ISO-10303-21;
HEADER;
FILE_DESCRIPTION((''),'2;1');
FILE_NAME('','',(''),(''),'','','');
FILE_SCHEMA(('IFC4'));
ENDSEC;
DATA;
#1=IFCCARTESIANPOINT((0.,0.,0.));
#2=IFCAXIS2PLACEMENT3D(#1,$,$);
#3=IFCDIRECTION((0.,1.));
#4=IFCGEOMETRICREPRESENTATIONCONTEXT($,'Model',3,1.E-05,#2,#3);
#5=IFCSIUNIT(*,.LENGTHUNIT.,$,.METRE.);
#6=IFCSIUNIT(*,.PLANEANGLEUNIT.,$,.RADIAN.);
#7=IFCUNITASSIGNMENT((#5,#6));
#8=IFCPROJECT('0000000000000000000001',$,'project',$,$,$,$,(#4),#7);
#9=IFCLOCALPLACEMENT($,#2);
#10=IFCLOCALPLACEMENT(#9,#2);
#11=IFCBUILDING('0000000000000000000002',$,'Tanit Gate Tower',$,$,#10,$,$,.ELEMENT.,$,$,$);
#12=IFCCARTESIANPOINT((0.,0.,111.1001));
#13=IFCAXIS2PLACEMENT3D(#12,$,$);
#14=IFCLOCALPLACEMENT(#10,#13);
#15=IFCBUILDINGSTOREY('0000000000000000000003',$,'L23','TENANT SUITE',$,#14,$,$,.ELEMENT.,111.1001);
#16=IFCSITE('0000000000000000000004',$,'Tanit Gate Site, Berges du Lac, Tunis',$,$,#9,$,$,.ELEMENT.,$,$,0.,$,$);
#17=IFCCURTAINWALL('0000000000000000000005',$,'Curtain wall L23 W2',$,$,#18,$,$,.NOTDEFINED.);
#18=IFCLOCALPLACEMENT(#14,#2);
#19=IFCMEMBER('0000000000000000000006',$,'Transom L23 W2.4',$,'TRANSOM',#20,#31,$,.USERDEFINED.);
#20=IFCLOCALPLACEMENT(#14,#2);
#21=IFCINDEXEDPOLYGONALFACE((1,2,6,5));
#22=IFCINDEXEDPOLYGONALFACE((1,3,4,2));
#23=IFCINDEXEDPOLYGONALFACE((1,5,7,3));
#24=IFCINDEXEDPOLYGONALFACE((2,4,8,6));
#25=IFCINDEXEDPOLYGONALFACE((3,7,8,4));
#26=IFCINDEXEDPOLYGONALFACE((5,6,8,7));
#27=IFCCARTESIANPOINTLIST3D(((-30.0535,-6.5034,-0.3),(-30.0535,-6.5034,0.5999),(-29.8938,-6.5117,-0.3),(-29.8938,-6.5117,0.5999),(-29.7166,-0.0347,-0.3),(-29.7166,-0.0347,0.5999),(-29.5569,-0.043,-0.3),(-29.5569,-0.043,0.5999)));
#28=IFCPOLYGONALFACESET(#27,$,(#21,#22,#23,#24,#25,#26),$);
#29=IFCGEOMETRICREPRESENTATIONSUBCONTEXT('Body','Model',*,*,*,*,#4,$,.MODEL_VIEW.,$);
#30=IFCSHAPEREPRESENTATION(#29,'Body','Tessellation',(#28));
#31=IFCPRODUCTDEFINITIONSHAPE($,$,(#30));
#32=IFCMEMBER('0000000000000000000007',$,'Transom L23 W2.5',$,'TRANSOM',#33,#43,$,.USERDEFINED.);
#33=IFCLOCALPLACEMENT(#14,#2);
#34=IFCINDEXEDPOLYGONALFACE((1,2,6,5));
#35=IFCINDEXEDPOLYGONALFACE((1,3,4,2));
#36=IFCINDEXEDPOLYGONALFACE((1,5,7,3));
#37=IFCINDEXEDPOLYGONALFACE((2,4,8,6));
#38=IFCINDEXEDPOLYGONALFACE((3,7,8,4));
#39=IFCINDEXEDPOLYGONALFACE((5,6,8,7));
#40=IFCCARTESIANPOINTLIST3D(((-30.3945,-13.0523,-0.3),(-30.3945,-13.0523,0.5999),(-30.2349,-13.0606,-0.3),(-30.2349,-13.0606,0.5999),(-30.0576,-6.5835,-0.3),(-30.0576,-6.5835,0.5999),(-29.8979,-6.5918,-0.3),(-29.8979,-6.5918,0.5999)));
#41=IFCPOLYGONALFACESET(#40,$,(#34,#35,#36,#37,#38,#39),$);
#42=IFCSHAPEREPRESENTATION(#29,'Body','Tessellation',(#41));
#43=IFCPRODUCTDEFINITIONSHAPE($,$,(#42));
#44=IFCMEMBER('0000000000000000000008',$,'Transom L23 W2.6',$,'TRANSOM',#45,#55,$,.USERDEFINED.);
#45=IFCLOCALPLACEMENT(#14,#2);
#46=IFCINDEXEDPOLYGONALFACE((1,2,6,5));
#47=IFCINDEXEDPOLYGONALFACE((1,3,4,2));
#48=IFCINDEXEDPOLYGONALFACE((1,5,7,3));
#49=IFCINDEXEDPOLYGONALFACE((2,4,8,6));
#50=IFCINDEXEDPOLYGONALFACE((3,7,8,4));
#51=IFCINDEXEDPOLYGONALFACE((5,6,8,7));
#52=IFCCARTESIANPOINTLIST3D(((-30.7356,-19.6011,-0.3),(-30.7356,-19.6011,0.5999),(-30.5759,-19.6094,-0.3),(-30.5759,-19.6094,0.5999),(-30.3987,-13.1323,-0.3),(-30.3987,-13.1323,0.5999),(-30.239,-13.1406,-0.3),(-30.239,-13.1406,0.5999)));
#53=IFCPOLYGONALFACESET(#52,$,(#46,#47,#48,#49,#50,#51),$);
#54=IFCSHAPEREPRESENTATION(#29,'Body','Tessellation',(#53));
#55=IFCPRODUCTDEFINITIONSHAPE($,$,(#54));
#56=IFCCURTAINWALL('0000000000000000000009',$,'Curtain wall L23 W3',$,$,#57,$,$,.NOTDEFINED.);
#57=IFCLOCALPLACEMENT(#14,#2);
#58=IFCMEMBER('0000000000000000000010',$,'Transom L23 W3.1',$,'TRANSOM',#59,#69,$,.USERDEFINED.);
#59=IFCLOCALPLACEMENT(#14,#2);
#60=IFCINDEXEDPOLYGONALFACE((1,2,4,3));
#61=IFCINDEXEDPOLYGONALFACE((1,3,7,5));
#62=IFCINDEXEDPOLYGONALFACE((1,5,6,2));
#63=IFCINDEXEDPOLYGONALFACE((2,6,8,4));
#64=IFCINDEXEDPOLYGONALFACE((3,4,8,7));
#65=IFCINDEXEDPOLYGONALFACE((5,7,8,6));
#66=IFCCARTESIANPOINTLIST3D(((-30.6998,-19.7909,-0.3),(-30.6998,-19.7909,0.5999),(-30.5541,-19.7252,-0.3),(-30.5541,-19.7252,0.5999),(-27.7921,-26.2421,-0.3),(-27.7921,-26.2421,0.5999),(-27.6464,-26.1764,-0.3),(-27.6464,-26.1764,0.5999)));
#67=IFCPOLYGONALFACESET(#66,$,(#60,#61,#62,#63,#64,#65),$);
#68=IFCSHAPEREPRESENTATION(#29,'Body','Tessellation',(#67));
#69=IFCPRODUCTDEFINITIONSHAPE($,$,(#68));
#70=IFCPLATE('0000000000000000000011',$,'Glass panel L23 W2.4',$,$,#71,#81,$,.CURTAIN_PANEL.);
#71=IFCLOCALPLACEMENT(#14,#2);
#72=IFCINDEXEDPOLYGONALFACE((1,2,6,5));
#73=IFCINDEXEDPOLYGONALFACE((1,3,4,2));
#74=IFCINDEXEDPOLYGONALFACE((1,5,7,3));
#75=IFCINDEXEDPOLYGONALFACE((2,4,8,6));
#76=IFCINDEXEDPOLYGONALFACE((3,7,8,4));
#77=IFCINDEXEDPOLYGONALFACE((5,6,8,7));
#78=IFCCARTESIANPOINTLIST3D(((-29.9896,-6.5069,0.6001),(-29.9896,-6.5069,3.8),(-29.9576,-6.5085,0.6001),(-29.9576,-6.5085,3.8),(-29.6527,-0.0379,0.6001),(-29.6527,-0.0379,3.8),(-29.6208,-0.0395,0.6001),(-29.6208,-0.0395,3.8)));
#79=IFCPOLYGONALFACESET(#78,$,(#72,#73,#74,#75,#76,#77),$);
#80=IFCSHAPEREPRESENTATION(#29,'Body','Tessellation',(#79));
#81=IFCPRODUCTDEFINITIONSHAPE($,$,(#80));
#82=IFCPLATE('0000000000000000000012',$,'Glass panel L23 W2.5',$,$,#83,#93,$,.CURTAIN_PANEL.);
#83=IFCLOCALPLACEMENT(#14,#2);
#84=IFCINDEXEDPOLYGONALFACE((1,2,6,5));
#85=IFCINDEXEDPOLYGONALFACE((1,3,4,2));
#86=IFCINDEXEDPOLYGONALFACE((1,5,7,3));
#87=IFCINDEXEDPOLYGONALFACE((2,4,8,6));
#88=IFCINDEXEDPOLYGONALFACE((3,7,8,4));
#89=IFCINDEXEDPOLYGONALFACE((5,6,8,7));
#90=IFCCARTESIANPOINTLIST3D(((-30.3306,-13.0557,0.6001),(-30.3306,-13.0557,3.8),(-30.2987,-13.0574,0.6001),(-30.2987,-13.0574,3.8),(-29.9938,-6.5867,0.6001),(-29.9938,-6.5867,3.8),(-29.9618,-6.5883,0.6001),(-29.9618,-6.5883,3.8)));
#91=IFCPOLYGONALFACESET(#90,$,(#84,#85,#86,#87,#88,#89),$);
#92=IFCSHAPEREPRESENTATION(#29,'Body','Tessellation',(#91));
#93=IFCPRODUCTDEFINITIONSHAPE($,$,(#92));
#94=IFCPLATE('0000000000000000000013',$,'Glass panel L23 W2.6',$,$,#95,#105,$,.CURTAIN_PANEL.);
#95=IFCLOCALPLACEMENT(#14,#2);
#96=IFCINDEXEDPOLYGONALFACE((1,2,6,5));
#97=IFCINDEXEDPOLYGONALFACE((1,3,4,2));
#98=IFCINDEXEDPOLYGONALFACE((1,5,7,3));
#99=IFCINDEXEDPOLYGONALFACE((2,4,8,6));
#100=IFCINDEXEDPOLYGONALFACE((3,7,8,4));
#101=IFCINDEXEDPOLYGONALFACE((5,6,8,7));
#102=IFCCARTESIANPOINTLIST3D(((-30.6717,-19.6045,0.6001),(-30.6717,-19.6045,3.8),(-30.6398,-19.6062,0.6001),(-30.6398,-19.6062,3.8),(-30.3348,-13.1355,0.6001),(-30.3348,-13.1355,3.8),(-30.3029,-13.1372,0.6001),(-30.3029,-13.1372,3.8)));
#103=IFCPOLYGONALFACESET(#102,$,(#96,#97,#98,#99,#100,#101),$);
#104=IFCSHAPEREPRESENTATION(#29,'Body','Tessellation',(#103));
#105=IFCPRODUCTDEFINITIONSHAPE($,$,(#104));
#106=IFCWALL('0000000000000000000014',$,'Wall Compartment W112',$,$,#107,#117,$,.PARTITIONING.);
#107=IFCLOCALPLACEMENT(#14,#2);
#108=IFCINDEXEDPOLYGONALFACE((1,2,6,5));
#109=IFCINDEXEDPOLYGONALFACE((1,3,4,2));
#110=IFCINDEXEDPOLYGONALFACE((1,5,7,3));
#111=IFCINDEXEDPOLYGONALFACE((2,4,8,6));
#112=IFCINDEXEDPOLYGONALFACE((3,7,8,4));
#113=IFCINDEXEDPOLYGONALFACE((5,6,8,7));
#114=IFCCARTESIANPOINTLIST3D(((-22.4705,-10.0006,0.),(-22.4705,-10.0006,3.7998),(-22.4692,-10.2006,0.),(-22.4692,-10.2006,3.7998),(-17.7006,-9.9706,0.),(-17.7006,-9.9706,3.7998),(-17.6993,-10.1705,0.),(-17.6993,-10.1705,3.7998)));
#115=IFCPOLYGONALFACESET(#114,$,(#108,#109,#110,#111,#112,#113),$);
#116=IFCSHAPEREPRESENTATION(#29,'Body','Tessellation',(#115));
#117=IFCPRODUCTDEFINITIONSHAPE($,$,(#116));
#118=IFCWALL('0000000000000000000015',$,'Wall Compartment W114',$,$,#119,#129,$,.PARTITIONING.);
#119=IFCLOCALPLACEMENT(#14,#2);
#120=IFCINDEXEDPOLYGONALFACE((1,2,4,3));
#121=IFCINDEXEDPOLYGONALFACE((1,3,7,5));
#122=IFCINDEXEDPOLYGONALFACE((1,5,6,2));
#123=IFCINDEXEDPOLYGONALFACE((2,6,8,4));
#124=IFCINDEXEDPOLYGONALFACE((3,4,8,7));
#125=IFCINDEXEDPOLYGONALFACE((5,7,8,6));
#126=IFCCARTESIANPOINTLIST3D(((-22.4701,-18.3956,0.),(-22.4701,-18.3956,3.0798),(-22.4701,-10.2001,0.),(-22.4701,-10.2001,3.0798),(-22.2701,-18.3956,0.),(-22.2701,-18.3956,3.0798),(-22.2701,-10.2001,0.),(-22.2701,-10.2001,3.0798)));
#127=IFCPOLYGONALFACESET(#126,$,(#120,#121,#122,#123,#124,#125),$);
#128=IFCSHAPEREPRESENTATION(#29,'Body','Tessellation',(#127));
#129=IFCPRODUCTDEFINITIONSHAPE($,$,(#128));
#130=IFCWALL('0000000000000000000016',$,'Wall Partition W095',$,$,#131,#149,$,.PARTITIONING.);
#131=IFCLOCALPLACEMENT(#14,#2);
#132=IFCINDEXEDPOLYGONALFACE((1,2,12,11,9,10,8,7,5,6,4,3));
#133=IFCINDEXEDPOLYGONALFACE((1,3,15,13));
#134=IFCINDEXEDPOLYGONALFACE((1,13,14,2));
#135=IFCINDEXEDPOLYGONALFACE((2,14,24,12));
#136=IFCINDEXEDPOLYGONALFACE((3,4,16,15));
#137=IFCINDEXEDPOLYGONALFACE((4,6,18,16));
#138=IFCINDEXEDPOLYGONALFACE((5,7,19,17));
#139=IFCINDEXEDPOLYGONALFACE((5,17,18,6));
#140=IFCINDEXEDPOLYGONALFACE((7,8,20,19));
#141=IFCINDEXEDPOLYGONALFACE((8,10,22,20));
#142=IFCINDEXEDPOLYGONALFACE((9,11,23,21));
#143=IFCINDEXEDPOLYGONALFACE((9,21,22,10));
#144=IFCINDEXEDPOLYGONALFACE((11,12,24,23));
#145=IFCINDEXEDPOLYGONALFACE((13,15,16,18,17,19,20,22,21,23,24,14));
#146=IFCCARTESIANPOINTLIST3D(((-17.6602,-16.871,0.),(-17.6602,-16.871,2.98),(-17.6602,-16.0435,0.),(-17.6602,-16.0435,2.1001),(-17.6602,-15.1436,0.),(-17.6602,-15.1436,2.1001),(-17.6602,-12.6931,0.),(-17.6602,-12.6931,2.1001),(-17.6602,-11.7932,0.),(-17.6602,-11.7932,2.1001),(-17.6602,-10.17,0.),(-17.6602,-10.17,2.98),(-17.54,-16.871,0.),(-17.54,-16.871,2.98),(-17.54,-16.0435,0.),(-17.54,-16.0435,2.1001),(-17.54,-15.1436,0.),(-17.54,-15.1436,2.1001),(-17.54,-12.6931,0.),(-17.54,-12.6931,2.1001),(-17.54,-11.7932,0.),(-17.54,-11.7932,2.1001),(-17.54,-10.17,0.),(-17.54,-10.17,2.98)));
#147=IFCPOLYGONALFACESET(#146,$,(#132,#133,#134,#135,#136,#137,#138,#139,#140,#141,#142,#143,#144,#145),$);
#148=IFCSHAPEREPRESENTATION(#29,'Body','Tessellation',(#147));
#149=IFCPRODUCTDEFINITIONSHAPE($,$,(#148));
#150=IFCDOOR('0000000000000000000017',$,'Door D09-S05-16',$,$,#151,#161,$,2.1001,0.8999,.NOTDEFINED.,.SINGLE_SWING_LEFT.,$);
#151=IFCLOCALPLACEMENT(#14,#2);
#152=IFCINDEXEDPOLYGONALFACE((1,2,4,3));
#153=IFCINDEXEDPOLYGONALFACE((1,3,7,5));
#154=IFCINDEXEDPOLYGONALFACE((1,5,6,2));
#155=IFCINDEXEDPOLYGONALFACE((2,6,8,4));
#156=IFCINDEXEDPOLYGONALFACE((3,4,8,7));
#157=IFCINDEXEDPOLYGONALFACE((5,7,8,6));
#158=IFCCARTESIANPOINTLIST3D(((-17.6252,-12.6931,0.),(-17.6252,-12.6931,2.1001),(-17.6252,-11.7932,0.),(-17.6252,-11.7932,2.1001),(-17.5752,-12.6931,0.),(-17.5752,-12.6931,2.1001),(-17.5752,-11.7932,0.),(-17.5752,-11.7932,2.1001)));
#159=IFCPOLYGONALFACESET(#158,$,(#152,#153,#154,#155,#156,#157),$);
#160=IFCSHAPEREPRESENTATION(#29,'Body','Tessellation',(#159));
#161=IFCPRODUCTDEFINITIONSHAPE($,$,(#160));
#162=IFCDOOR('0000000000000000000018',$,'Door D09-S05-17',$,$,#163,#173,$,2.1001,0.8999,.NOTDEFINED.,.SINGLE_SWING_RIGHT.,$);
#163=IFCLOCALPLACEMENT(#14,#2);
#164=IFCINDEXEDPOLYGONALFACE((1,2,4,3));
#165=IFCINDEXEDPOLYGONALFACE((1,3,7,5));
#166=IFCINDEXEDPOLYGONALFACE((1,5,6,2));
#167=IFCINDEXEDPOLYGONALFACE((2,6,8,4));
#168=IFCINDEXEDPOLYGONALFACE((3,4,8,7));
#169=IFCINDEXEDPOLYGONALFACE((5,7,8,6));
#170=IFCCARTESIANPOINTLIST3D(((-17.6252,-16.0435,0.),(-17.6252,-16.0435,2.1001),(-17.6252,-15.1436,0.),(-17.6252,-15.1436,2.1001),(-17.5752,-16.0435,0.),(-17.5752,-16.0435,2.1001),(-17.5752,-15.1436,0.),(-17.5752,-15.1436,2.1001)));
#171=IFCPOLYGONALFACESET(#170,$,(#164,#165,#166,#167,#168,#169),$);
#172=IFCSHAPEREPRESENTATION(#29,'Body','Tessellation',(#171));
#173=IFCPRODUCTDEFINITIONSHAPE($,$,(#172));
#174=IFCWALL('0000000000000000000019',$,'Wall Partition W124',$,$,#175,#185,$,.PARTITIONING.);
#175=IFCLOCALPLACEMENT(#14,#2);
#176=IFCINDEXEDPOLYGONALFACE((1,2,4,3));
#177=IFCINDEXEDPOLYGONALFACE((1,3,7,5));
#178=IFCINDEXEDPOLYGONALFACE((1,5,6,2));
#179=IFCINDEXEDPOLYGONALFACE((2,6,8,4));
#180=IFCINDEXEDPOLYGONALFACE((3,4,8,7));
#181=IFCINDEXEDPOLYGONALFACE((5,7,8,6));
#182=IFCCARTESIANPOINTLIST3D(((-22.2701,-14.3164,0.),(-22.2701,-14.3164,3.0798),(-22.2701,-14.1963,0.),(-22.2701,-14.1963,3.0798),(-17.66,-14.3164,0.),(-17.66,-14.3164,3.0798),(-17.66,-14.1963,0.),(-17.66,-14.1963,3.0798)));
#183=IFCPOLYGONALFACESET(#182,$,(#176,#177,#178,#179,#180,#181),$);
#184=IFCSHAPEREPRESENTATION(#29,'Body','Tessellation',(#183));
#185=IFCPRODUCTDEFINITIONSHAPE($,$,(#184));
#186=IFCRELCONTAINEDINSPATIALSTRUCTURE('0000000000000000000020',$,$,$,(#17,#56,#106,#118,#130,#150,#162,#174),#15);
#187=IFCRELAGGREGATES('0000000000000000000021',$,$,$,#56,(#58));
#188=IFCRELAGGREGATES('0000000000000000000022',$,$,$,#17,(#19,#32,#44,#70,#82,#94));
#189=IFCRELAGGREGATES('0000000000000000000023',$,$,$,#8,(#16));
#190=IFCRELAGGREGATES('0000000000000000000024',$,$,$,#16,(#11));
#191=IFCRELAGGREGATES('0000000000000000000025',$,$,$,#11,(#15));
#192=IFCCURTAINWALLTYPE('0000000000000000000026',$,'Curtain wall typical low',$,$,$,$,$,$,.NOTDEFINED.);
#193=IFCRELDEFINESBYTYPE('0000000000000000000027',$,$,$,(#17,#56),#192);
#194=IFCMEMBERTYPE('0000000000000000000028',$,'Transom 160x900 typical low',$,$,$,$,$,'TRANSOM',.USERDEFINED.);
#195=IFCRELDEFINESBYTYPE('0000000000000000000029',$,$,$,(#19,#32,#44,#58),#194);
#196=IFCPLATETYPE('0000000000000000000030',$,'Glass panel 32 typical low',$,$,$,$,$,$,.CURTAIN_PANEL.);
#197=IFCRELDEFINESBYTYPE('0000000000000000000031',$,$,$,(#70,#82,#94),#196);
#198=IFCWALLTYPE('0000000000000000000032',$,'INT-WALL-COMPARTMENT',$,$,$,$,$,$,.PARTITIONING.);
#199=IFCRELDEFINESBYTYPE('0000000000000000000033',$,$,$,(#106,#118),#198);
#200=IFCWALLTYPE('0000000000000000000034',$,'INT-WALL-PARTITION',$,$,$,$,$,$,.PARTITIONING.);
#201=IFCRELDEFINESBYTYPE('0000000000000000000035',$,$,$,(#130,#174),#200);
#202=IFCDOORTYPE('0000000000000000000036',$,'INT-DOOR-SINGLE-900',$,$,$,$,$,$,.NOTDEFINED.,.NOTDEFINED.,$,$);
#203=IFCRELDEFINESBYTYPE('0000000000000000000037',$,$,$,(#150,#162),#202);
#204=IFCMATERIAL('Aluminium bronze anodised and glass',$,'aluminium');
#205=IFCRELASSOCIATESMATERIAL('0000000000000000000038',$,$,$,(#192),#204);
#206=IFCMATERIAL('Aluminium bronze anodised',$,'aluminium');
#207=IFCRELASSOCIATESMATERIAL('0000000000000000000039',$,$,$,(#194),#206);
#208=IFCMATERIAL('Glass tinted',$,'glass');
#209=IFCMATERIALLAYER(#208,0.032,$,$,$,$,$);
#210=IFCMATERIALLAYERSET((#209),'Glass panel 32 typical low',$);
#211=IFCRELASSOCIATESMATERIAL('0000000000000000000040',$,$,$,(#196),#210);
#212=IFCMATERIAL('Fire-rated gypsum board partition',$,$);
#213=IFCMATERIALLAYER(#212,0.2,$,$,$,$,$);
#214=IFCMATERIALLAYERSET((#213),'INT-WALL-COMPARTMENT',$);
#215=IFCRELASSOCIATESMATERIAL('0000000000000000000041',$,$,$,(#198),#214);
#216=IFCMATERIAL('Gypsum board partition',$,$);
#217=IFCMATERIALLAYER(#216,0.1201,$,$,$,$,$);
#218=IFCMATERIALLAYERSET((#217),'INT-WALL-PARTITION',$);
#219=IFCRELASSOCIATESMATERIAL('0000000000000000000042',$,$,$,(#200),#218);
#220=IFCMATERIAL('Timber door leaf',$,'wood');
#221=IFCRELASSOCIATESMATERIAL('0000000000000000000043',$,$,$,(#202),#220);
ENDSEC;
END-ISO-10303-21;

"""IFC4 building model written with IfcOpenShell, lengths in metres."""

from ifc_helpers import new_model, si_unit, direction, frame, frame_2d, origin, origin_2d, place, context, subcontext, project, spatial, rectangle, extrude, material, layer, layer_set, material_profile, profile_set, type_object, element, fill, aggregate, save


model = new_model("IFC4")

# Units and contexts
model_context = context("Model", 3, precision=1e-05, world=origin(), true_north=direction((0.0, 1.0)))
body_context = subcontext(model_context, "Body", "Model", "MODEL_VIEW")
ifc_project = project(units=[si_unit("LENGTHUNIT", "METRE"), si_unit("PLANEANGLEUNIT", "RADIAN")], contexts=[model_context])

# Site, building, storey
site_placement = place(None, origin())
site = spatial("IfcSite", under=ifc_project, at=site_placement, Name="Tanit Gate Site, Berges du Lac, Tunis", CompositionType="ELEMENT", RefElevation=0.0)
building_placement = place(site_placement, origin())
building = spatial("IfcBuilding", under=site, at=building_placement, Name="Tanit Gate Tower", CompositionType="ELEMENT")
storey_placement = place(building_placement, frame((0.0, 0.0, 111.1001)))
storey = spatial("IfcBuildingStorey", under=building, at=storey_placement, Name="L23", Description="TENANT SUITE", CompositionType="ELEMENT", Elevation=111.1001)

# Curtain wall
ifc_material_1 = material(Name="Aluminium bronze anodised and glass", Category="aluminium")
curtain_wall_type = type_object("IfcCurtainWallType", Name="Curtain wall typical low", PredefinedType="NOTDEFINED", material=ifc_material_1)
curtain_wall_1_placement = place(storey_placement, origin())
curtain_wall_1 = element("IfcCurtainWall", 1, at=curtain_wall_1_placement, inside=storey, type_object=curtain_wall_type, Name="Curtain wall L23 W2", PredefinedType="NOTDEFINED")

# Members
ifc_material_2 = material(Name="Aluminium bronze anodised", Category="aluminium")
ifc_material_profile_1 = material_profile(ifc_material_2, rectangle(XDim=0.1599, YDim=0.8999, at=origin_2d()), Name="160x900 bronze transom")
ifc_profile_set_1 = profile_set([ifc_material_profile_1], Name="Aluminium bronze anodised")
member_type_1 = type_object("IfcMemberType", Name="Transom 160x900 typical low", ElementType="TRANSOM", PredefinedType="USERDEFINED", material=ifc_profile_set_1)
member_1_placement = place(storey_placement, frame((-29.6367, -0.0388, 0.1499), z_axis=(-0.052013, -0.998646, 0.0), x_axis=(0.998646, -0.052013, 0.0)))
member_1 = element("IfcMember", 2, at=member_1_placement, type_object=member_type_1, Name="Transom L23 W2.4", ObjectType="TRANSOM", PredefinedType="USERDEFINED", context=body_context, shape_type="SweptSolid", body=[
    extrude(rectangle(XDim=0.1599, YDim=0.8999, at=origin_2d()), origin(), (0.0, 0.0, 1.0), 6.4775),
])
member_2_placement = place(storey_placement, frame((-29.9778, -6.5876, 0.1499), z_axis=(-0.052013, -0.998646, 0.0), x_axis=(0.998646, -0.052013, 0.0)))
member_2 = element("IfcMember", 3, at=member_2_placement, type_object=member_type_1, Name="Transom L23 W2.5", ObjectType="TRANSOM", PredefinedType="USERDEFINED", context=body_context, shape_type="SweptSolid", body=[
    extrude(rectangle(XDim=0.1599, YDim=0.8999, at=origin_2d()), origin(), (0.0, 0.0, 1.0), 6.4775),
])
member_3_placement = place(storey_placement, frame((-30.3188, -13.1365, 0.1499), z_axis=(-0.052013, -0.998646, 0.0), x_axis=(0.998646, -0.052013, 0.0)))
member_3 = element("IfcMember", 4, at=member_3_placement, type_object=member_type_1, Name="Transom L23 W2.6", ObjectType="TRANSOM", PredefinedType="USERDEFINED", context=body_context, shape_type="SweptSolid", body=[
    extrude(rectangle(XDim=0.1599, YDim=0.8999, at=origin_2d()), origin(), (0.0, 0.0, 1.0), 6.4775),
])

# Curtain wall, member
curtain_wall_2_placement = place(storey_placement, origin())
curtain_wall_2 = element("IfcCurtainWall", 5, at=curtain_wall_2_placement, inside=storey, type_object=curtain_wall_type, Name="Curtain wall L23 W3", PredefinedType="NOTDEFINED")
member_4_placement = place(storey_placement, frame((-30.627, -19.7581, 0.1499), z_axis=(0.410915, -0.911673, 0.0), x_axis=(0.911673, 0.410915, 0.0)))
member_4 = element("IfcMember", 6, at=member_4_placement, type_object=member_type_1, Name="Transom L23 W3.1", ObjectType="TRANSOM", PredefinedType="USERDEFINED", context=body_context, shape_type="SweptSolid", body=[
    extrude(rectangle(XDim=0.1599, YDim=0.8999, at=origin_2d()), origin(), (0.0, 0.0, 1.0), 7.0762),
])
aggregate(curtain_wall_2, [member_4])

# Plates
ifc_material_3 = material(Name="Glass tinted", Category="glass")
ifc_layer_1 = layer(ifc_material_3, 0.032)
ifc_layer_set_1 = layer_set([ifc_layer_1], Name="Glass panel 32 typical low")
plate_type = type_object("IfcPlateType", Name="Glass panel 32 typical low", PredefinedType="CURTAIN_PANEL", material=ifc_layer_set_1)
plate_1_placement = place(storey_placement, frame((-29.8052, -3.2732, 0.6001), z_axis=(0.0, 0.0, 1.0), x_axis=(-0.052003, -0.998647, 0.0)))
plate_1 = element("IfcPlate", 7, at=plate_1_placement, type_object=plate_type, Name="Glass panel L23 W2.4", PredefinedType="CURTAIN_PANEL", context=body_context, shape_type="SweptSolid", body=[
    extrude(rectangle(XDim=6.4778, YDim=0.032, at=origin_2d()), origin(), (0.0, 0.0, 1.0), 3.2),
])
plate_2_placement = place(storey_placement, frame((-30.1462, -9.822, 0.6001), z_axis=(0.0, 0.0, 1.0), x_axis=(-0.052003, -0.998647, 0.0)))
plate_2 = element("IfcPlate", 8, at=plate_2_placement, type_object=plate_type, Name="Glass panel L23 W2.5", PredefinedType="CURTAIN_PANEL", context=body_context, shape_type="SweptSolid", body=[
    extrude(rectangle(XDim=6.4778, YDim=0.032, at=origin_2d()), origin(), (0.0, 0.0, 1.0), 3.2),
])
plate_3_placement = place(storey_placement, frame((-30.4873, -16.3708, 0.6001), z_axis=(0.0, 0.0, 1.0), x_axis=(-0.052003, -0.998647, 0.0)))
plate_3 = element("IfcPlate", 9, at=plate_3_placement, type_object=plate_type, Name="Glass panel L23 W2.6", PredefinedType="CURTAIN_PANEL", context=body_context, shape_type="SweptSolid", body=[
    extrude(rectangle(XDim=6.4778, YDim=0.032, at=origin_2d()), origin(), (0.0, 0.0, 1.0), 3.2),
])
aggregate(curtain_wall_1, [member_1, member_2, member_3, plate_1, plate_2, plate_3])

# Walls
ifc_material_4 = material(Name="Fire-rated gypsum board partition")
ifc_layer_2 = layer(ifc_material_4, 0.2)
ifc_layer_set_2 = layer_set([ifc_layer_2], Name="INT-WALL-COMPARTMENT")
wall_type_1 = type_object("IfcWallType", Name="INT-WALL-COMPARTMENT", PredefinedType="PARTITIONING", material=ifc_layer_set_2)
wall_1_placement = place(storey_placement, frame((-17.7, -10.0706, 0.0), z_axis=(0.0, 0.0, 1.0), x_axis=(-0.99998, -0.006295, 0.0)))
element("IfcWall", 10, at=wall_1_placement, inside=storey, type_object=wall_type_1, Name="Wall Compartment W112", PredefinedType="PARTITIONING", context=body_context, shape_type="SweptSolid", body=[
    extrude(rectangle(XDim=4.77, YDim=0.2, at=frame_2d((2.385, 0.0))), origin(), (0.0, 0.0, 1.0), 3.7998),
])
wall_2_placement = place(storey_placement, frame((-22.3701, -18.3955, 0.0), z_axis=(0.0, 0.0, 1.0), x_axis=(0.0, 1.0, 0.0)))
element("IfcWall", 11, at=wall_2_placement, inside=storey, type_object=wall_type_1, Name="Wall Compartment W114", PredefinedType="PARTITIONING", context=body_context, shape_type="SweptSolid", body=[
    extrude(rectangle(XDim=8.1956, YDim=0.2, at=frame_2d((4.0977, 0.0))), origin(), (0.0, 0.0, 1.0), 3.0798),
])

# Wall, openings, doors
ifc_material_5 = material(Name="Gypsum board partition")
ifc_layer_3 = layer(ifc_material_5, 0.1201)
ifc_layer_set_3 = layer_set([ifc_layer_3], Name="INT-WALL-PARTITION")
wall_type_2 = type_object("IfcWallType", Name="INT-WALL-PARTITION", PredefinedType="PARTITIONING", material=ifc_layer_set_3)
wall_3_placement = place(storey_placement, frame((-17.6001, -10.1699, 0.0), z_axis=(0.0, 0.0, 1.0), x_axis=(0.0, -1.0, 0.0)))
wall_3 = element("IfcWall", 12, at=wall_3_placement, inside=storey, type_object=wall_type_2, Name="Wall Partition W095", PredefinedType="PARTITIONING", context=body_context, shape_type="SweptSolid", body=[
    extrude(rectangle(XDim=6.7009, YDim=0.1201, at=frame_2d((3.3506, 0.0))), origin(), (0.0, 0.0, 1.0), 2.98),
])
opening_1_placement = place(wall_3_placement, frame((1.6233, 0.0, 0.0)))
opening_1 = element("IfcOpeningElement", 13, at=opening_1_placement, cuts=wall_3, PredefinedType="OPENING", context=body_context, shape_type="SweptSolid", body=[
    extrude(rectangle(XDim=0.8999, YDim=2.1001, at=frame_2d((0.45, 1.05))), frame((0.0, 0.0701, 0.0), z_axis=(0.0, -1.0, 0.0), x_axis=(1.0, 0.0, 0.0)), (0.0, 0.0, 1.0), 0.1401),
])
opening_2_placement = place(wall_3_placement, frame((4.9736, 0.0, 0.0)))
opening_2 = element("IfcOpeningElement", 14, at=opening_2_placement, cuts=wall_3, PredefinedType="OPENING", context=body_context, shape_type="SweptSolid", body=[
    extrude(rectangle(XDim=0.8999, YDim=2.1001, at=frame_2d((0.45, 1.05))), frame((0.0, 0.0701, 0.0), z_axis=(0.0, -1.0, 0.0), x_axis=(1.0, 0.0, 0.0)), (0.0, 0.0, 1.0), 0.1401),
])
ifc_material_6 = material(Name="Timber door leaf", Category="wood")
door_type = type_object("IfcDoorType", Name="INT-DOOR-SINGLE-900", OperationType="NOTDEFINED", PredefinedType="NOTDEFINED", material=ifc_material_6)
door_1_placement = place(opening_1_placement, origin())
door_1 = element("IfcDoor", 15, at=door_1_placement, inside=storey, type_object=door_type, Name="Door D09-S05-16", OperationType="SINGLE_SWING_LEFT", OverallHeight=2.1001, OverallWidth=0.8999, PredefinedType="NOTDEFINED", context=body_context, shape_type="SweptSolid", body=[
    extrude(rectangle(XDim=0.8999, YDim=2.1001, at=frame_2d((0.45, 1.05))), frame((0.0, 0.0249, 0.0), z_axis=(0.0, -1.0, 0.0), x_axis=(1.0, 0.0, 0.0)), (0.0, 0.0, 1.0), 0.05),
])
fill(opening_1, door_1)
door_2_placement = place(opening_2_placement, origin())
door_2 = element("IfcDoor", 16, at=door_2_placement, inside=storey, type_object=door_type, Name="Door D09-S05-17", OperationType="SINGLE_SWING_RIGHT", OverallHeight=2.1001, OverallWidth=0.8999, PredefinedType="NOTDEFINED", context=body_context, shape_type="SweptSolid", body=[
    extrude(rectangle(XDim=0.8999, YDim=2.1001, at=frame_2d((0.45, 1.05))), frame((0.0, 0.0249, 0.0), z_axis=(0.0, -1.0, 0.0), x_axis=(1.0, 0.0, 0.0)), (0.0, 0.0, 1.0), 0.05),
])
fill(opening_2, door_2)

# Wall
wall_4_placement = place(storey_placement, frame((-17.6599, -14.2563, 0.0), z_axis=(0.0, 0.0, 1.0), x_axis=(-1.0, 0.0, 0.0)))
element("IfcWall", 17, at=wall_4_placement, inside=storey, type_object=wall_type_2, Name="Wall Partition W124", PredefinedType="PARTITIONING", context=body_context, shape_type="SweptSolid", body=[
    extrude(rectangle(XDim=4.6101, YDim=0.1201, at=frame_2d((2.3052, 0.0))), origin(), (0.0, 0.0, 1.0), 3.0798),
])

save(model, "model.ifc")
